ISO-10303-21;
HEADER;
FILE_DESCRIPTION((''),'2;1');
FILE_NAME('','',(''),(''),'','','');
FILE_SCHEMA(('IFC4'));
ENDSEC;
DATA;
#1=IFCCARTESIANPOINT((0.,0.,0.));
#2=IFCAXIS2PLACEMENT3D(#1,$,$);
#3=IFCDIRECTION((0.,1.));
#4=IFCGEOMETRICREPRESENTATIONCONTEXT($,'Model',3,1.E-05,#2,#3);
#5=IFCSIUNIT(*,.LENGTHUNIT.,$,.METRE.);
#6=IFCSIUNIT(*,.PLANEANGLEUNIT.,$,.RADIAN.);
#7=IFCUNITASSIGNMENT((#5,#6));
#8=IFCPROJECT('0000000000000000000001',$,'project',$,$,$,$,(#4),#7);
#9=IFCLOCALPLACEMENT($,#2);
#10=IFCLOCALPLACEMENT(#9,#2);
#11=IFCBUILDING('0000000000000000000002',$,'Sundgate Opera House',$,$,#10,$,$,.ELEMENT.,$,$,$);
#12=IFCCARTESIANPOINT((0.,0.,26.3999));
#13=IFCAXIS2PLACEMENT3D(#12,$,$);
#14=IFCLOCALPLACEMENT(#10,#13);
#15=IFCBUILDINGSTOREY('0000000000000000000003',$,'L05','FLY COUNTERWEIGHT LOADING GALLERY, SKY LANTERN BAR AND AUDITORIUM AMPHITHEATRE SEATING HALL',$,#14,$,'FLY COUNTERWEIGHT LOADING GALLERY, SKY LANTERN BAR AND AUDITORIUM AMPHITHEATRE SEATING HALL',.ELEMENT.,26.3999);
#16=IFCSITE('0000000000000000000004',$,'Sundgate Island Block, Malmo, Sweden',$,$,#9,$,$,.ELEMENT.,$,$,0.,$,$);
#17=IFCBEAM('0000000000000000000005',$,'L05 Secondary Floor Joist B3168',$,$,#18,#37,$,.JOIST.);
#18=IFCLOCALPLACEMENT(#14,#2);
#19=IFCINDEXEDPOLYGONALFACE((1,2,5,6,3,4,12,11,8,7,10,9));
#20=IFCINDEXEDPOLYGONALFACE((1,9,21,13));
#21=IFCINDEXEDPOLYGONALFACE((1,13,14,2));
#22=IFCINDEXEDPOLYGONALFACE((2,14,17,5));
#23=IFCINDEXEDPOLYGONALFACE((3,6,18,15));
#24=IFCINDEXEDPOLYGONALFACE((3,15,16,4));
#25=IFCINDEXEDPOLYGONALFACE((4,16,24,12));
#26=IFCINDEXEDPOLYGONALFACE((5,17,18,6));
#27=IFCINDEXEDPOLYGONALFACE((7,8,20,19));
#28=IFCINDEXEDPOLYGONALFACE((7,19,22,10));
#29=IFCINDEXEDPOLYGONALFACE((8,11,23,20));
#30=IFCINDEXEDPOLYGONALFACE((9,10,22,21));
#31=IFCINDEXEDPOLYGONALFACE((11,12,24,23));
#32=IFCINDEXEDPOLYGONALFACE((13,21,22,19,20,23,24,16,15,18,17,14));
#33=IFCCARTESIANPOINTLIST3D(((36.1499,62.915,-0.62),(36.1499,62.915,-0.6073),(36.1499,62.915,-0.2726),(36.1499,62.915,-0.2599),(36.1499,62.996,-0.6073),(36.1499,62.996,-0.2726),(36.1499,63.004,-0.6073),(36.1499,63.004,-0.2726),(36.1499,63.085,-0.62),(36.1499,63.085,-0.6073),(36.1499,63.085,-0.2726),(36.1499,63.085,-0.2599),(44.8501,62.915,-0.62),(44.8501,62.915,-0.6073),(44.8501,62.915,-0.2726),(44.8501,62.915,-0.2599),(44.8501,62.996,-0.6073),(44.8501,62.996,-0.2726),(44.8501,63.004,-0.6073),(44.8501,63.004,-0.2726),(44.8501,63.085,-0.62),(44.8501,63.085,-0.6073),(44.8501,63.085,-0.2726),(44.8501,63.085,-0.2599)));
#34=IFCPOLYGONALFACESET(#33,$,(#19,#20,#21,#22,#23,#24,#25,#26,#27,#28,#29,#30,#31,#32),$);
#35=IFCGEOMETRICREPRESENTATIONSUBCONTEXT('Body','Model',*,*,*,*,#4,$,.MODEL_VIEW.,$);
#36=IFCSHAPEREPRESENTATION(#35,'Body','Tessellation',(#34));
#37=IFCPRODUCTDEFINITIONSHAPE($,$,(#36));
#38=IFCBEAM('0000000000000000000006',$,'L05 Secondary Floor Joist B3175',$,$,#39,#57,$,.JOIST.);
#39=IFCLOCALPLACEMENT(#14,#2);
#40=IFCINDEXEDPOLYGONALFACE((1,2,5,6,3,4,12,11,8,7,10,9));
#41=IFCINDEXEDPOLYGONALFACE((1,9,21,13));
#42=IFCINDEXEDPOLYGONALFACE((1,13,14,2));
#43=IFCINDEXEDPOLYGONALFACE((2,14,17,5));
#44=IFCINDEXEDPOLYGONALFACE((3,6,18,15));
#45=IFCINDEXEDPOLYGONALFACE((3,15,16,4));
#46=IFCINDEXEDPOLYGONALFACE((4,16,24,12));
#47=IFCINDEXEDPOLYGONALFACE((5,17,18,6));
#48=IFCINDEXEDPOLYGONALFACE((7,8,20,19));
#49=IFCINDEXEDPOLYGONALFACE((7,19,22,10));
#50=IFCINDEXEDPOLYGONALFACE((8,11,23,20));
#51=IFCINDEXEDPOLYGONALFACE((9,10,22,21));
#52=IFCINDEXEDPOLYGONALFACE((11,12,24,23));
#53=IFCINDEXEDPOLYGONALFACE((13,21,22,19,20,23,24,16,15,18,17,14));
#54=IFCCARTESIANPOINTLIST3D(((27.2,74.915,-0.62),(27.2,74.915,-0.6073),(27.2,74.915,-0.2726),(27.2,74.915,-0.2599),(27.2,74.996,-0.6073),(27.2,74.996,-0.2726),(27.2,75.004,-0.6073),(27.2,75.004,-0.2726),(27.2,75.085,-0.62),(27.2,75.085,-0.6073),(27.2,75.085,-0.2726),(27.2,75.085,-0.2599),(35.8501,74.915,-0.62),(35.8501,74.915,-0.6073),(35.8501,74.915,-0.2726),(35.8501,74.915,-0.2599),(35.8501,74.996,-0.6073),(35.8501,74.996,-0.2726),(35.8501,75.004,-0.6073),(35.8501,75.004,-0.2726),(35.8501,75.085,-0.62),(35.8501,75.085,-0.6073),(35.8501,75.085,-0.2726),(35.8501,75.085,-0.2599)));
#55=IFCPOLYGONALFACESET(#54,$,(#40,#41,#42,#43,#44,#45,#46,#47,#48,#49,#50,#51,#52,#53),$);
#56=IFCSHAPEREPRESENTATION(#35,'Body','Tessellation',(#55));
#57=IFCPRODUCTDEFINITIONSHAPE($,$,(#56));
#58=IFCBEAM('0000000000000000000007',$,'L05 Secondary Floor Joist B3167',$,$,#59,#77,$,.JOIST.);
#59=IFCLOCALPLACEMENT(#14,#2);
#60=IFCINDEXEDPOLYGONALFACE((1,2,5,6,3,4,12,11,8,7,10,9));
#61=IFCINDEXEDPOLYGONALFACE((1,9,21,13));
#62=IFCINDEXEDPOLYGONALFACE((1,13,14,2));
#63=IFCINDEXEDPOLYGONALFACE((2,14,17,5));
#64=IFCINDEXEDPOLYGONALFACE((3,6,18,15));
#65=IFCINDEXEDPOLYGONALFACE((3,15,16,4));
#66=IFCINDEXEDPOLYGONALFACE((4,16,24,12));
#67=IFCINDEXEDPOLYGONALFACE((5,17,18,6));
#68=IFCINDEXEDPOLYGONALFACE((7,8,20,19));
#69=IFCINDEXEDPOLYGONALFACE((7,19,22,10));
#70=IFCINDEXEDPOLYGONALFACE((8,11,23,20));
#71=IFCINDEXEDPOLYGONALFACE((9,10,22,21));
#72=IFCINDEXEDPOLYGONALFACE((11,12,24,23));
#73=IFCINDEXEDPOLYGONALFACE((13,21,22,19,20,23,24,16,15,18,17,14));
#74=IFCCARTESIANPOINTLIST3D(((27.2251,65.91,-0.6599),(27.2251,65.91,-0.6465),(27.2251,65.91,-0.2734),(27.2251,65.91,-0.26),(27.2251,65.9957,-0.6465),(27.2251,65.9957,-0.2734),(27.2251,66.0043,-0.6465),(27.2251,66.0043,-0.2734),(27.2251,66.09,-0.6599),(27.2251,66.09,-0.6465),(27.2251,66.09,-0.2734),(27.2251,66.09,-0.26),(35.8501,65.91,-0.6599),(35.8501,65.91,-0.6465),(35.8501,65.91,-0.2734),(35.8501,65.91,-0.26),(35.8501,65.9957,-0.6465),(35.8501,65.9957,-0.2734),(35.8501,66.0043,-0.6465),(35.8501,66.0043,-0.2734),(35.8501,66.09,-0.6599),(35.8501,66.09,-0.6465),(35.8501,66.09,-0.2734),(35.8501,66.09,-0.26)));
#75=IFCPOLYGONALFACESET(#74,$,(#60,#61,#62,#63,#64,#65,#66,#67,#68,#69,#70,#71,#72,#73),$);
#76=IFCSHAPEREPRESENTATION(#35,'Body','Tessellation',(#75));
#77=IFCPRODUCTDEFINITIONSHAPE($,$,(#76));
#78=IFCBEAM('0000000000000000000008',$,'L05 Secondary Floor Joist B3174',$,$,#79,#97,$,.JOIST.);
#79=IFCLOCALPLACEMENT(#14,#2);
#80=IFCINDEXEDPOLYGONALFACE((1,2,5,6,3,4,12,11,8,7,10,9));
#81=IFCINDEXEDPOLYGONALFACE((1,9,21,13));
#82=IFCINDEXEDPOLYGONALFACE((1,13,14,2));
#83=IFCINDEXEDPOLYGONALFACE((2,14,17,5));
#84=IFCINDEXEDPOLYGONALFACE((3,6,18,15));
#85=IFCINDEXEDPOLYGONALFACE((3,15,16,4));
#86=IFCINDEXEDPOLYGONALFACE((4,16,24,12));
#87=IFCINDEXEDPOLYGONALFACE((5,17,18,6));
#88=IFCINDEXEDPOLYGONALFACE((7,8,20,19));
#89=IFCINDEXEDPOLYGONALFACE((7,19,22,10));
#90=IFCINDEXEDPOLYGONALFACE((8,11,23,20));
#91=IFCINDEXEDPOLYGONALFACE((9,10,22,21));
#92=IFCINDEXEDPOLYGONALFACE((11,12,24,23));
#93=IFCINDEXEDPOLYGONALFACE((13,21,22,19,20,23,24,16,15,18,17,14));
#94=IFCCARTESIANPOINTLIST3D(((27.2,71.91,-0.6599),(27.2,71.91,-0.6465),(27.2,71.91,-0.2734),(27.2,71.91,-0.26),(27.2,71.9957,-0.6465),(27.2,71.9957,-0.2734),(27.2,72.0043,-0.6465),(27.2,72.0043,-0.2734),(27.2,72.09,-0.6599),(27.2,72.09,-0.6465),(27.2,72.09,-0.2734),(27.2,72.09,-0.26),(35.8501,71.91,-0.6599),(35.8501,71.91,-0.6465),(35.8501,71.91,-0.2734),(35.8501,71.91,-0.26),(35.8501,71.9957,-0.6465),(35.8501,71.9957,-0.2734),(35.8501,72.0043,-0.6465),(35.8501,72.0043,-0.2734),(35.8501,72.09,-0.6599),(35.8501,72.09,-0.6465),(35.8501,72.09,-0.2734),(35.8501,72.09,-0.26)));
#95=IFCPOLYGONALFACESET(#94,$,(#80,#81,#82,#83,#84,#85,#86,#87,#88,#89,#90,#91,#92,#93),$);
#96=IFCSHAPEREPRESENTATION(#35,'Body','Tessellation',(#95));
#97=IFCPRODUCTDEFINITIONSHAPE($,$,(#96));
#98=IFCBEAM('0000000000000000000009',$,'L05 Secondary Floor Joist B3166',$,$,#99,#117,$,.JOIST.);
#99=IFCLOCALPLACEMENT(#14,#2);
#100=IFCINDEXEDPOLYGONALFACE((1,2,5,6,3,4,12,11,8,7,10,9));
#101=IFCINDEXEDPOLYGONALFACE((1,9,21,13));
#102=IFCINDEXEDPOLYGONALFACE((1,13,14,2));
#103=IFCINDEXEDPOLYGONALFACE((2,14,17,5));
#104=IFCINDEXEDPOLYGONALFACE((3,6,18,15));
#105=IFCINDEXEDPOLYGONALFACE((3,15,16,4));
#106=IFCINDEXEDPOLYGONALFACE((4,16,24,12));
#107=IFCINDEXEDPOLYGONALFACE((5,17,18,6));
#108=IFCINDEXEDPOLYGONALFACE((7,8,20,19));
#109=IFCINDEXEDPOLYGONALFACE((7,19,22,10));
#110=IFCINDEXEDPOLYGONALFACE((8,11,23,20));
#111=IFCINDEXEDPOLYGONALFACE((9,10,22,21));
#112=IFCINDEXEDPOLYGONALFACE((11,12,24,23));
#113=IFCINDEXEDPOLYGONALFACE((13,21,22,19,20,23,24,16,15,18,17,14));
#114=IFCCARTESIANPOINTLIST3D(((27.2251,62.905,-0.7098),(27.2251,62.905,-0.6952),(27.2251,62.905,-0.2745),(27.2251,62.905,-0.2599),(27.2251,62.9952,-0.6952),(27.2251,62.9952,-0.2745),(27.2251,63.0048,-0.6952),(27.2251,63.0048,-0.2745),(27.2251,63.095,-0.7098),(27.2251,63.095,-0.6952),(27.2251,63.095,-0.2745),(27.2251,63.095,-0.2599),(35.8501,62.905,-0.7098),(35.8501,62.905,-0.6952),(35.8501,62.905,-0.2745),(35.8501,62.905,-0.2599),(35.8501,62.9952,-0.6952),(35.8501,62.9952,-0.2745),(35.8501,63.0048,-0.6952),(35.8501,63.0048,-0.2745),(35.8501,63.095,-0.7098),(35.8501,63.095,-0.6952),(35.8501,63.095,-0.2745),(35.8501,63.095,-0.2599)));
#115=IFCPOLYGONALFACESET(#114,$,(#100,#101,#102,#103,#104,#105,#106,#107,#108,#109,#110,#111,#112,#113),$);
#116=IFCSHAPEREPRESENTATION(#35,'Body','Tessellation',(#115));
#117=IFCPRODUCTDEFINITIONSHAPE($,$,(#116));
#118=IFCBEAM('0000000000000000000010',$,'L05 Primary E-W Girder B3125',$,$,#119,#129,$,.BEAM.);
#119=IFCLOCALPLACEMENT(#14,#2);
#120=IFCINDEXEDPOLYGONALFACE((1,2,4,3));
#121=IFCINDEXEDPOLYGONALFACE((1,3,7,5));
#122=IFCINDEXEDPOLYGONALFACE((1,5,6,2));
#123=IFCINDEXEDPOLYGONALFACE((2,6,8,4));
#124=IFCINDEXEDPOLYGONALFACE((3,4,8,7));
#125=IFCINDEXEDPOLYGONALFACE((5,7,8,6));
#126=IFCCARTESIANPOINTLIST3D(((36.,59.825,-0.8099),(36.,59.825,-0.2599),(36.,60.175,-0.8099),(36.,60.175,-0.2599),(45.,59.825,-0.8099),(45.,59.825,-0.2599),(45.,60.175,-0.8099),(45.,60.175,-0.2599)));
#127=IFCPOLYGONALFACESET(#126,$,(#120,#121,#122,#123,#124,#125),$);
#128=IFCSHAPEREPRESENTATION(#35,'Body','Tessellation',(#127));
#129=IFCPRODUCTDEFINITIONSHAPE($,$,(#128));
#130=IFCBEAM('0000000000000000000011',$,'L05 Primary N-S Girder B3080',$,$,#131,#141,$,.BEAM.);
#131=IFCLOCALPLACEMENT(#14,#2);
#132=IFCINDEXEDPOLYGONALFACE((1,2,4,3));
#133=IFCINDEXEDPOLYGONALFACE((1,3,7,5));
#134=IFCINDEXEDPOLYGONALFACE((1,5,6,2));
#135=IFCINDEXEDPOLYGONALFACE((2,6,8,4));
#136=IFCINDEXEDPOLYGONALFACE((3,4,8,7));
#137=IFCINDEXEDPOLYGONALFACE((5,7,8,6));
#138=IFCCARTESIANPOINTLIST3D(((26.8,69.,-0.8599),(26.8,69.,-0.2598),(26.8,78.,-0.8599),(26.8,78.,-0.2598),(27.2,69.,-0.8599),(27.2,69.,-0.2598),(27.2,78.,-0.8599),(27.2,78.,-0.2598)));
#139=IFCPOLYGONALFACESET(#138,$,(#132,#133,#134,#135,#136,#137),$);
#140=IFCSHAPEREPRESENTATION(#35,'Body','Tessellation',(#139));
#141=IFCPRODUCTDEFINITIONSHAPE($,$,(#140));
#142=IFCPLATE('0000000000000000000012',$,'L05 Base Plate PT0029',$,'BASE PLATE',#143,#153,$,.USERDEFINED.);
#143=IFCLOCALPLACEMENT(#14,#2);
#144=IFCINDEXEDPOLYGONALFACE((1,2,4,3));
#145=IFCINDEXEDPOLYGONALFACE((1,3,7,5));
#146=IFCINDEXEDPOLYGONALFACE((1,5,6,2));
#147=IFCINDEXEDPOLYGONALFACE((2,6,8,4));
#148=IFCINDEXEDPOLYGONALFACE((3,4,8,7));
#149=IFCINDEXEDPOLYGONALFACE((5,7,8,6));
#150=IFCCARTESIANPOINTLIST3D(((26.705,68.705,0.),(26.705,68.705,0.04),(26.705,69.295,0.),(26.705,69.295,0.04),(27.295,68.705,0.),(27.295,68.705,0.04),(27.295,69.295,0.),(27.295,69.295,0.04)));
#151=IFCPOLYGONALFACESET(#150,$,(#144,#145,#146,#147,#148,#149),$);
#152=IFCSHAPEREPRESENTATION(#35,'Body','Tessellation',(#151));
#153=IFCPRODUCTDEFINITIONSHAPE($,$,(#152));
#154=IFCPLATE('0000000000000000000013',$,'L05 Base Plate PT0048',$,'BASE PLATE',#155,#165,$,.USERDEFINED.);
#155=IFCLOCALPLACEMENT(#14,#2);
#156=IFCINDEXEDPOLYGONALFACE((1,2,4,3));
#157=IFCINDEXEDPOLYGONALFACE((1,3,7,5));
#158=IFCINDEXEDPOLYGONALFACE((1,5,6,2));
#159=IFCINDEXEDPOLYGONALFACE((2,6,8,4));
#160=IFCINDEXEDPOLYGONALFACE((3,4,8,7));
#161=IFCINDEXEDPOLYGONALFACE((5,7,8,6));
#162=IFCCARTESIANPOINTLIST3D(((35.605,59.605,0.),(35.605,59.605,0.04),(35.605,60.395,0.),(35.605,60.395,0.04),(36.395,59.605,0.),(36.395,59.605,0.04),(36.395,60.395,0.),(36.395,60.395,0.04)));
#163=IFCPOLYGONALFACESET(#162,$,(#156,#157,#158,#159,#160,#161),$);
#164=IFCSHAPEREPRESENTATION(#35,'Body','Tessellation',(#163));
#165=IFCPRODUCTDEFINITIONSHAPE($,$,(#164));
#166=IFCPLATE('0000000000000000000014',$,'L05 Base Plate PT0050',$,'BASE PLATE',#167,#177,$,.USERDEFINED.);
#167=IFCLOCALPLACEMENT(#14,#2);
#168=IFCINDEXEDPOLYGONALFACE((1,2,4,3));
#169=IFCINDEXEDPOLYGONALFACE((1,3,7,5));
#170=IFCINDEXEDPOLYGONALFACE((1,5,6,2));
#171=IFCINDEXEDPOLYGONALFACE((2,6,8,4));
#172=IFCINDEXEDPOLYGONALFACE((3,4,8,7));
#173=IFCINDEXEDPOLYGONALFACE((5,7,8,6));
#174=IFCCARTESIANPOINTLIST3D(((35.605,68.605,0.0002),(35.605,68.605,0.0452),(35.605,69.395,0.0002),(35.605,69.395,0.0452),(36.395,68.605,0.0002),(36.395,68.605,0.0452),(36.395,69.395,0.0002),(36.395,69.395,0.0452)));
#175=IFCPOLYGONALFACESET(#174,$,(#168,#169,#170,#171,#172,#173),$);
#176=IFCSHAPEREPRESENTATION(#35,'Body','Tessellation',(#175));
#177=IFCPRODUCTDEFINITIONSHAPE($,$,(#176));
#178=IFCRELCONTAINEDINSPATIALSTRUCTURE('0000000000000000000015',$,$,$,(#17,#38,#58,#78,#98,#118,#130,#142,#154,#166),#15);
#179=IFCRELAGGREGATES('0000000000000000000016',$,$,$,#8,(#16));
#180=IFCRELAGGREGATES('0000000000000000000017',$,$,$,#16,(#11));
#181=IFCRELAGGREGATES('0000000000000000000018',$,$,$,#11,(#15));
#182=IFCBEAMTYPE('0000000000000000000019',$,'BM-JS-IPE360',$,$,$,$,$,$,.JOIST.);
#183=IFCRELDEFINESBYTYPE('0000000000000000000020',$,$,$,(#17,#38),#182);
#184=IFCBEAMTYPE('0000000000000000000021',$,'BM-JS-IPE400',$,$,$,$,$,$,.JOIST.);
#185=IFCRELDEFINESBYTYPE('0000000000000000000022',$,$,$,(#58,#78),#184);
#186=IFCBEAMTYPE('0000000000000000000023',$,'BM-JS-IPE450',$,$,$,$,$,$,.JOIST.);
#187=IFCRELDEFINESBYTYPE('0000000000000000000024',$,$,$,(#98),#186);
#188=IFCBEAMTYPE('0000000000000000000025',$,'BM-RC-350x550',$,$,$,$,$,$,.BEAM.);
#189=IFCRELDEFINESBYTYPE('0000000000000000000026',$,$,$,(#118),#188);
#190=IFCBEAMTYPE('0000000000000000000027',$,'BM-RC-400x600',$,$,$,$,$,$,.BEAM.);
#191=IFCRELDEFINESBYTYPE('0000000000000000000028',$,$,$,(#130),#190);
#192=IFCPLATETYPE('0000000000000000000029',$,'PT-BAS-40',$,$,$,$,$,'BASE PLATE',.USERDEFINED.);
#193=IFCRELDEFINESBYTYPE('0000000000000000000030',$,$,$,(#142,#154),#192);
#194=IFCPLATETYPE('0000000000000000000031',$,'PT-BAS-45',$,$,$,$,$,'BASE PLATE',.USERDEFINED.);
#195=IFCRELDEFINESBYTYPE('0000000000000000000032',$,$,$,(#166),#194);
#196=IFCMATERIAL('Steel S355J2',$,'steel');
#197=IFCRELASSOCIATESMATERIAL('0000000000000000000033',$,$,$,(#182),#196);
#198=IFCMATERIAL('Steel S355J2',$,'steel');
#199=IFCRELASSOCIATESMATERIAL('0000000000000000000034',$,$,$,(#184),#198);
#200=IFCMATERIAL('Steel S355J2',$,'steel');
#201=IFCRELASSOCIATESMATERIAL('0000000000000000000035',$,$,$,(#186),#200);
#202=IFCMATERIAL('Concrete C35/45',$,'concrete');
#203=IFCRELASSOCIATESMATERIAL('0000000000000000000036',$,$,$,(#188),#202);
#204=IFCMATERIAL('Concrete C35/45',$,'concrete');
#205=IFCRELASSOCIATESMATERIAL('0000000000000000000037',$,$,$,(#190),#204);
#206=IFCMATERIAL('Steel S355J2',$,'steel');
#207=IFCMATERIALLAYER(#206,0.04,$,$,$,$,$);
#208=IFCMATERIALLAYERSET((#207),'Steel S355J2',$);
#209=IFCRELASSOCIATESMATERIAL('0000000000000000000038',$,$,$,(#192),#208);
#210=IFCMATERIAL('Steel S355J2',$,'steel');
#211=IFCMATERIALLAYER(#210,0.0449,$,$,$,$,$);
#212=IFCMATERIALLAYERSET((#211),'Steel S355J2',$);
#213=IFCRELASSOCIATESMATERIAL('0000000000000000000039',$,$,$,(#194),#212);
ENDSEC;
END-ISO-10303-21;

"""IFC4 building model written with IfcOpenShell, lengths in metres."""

from ifc_helpers import new_model, si_unit, direction, frame, origin, origin_2d, place, context, subcontext, project, spatial, rectangle, i_section, extrude, material, layer, layer_set, material_profile, profile_set, type_object, element, save


model = new_model("IFC4")

# Units and contexts
model_context = context("Model", 3, precision=1e-05, world=origin(), true_north=direction((0.0, 1.0)))
body_context = subcontext(model_context, "Body", "Model", "MODEL_VIEW")
ifc_project = project(units=[si_unit("LENGTHUNIT", "METRE"), si_unit("PLANEANGLEUNIT", "RADIAN")], contexts=[model_context])

# Site, building, storey
site_placement = place(None, origin())
site = spatial("IfcSite", under=ifc_project, at=site_placement, Name="Sundgate Island Block, Malmo, Sweden", CompositionType="ELEMENT", RefElevation=0.0)
building_placement = place(site_placement, origin())
building = spatial("IfcBuilding", under=site, at=building_placement, Name="Sundgate Opera House", CompositionType="ELEMENT")
storey_placement = place(building_placement, frame((0.0, 0.0, 26.3999)))
storey = spatial("IfcBuildingStorey", under=building, at=storey_placement, Name="L05", Description="FLY COUNTERWEIGHT LOADING GALLERY, SKY LANTERN BAR AND AUDITORIUM AMPHITHEATRE SEATING HALL", LongName="FLY COUNTERWEIGHT LOADING GALLERY, SKY LANTERN BAR AND AUDITORIUM AMPHITHEATRE SEATING HALL", CompositionType="ELEMENT", Elevation=26.3999)

# Beams
ifc_material_1 = material(Name="Steel S355J2", Category="steel")
ifc_material_profile_1 = material_profile(ifc_material_1, i_section(OverallWidth=0.1699, OverallDepth=0.3601, WebThickness=0.0081, FlangeThickness=0.0127, at=origin_2d()), Name="IPE 360")
ifc_profile_set_1 = profile_set([ifc_material_profile_1], Name="Steel S355J2")
beam_type_1 = type_object("IfcBeamType", Name="BM-JS-IPE360", PredefinedType="JOIST", material=ifc_profile_set_1)
beam_1_placement = place(storey_placement, frame((36.1499, 63.0, -0.4399), z_axis=(1.0, 0.0, 0.0), x_axis=(0.0, 1.0, 0.0)))
element("IfcBeam", 1, at=beam_1_placement, inside=storey, type_object=beam_type_1, Name="L05 Secondary Floor Joist B3168", PredefinedType="JOIST", context=body_context, shape_type="SweptSolid", body=[
    extrude(i_section(OverallWidth=0.1699, OverallDepth=0.3601, WebThickness=0.0081, FlangeThickness=0.0127, at=origin_2d()), origin(), (0.0, 0.0, 1.0), 8.7002),
])
beam_2_placement = place(storey_placement, frame((27.2, 75.0, -0.4399), z_axis=(1.0, 0.0, 0.0), x_axis=(0.0, 1.0, 0.0)))
element("IfcBeam", 2, at=beam_2_placement, inside=storey, type_object=beam_type_1, Name="L05 Secondary Floor Joist B3175", PredefinedType="JOIST", context=body_context, shape_type="SweptSolid", body=[
    extrude(i_section(OverallWidth=0.1699, OverallDepth=0.3601, WebThickness=0.0081, FlangeThickness=0.0127, at=origin_2d()), origin(), (0.0, 0.0, 1.0), 8.6501),
])
ifc_material_2 = material(Name="Steel S355J2", Category="steel")
ifc_material_profile_2 = material_profile(ifc_material_2, i_section(OverallWidth=0.1799, OverallDepth=0.3999, WebThickness=0.0085, FlangeThickness=0.0134, at=origin_2d()), Name="IPE 400")
ifc_profile_set_2 = profile_set([ifc_material_profile_2], Name="Steel S355J2")
beam_type_2 = type_object("IfcBeamType", Name="BM-JS-IPE400", PredefinedType="JOIST", material=ifc_profile_set_2)
beam_3_placement = place(storey_placement, frame((27.2251, 66.0, -0.46), z_axis=(1.0, 0.0, 0.0), x_axis=(0.0, 1.0, 0.0)))
element("IfcBeam", 3, at=beam_3_placement, inside=storey, type_object=beam_type_2, Name="L05 Secondary Floor Joist B3167", PredefinedType="JOIST", context=body_context, shape_type="SweptSolid", body=[
    extrude(i_section(OverallWidth=0.1799, OverallDepth=0.3999, WebThickness=0.0085, FlangeThickness=0.0134, at=origin_2d()), origin(), (0.0, 0.0, 1.0), 8.625),
])
beam_4_placement = place(storey_placement, frame((27.2, 72.0, -0.46), z_axis=(1.0, 0.0, 0.0), x_axis=(0.0, 1.0, 0.0)))
element("IfcBeam", 4, at=beam_4_placement, inside=storey, type_object=beam_type_2, Name="L05 Secondary Floor Joist B3174", PredefinedType="JOIST", context=body_context, shape_type="SweptSolid", body=[
    extrude(i_section(OverallWidth=0.1799, OverallDepth=0.3999, WebThickness=0.0085, FlangeThickness=0.0134, at=origin_2d()), origin(), (0.0, 0.0, 1.0), 8.6501),
])
ifc_material_3 = material(Name="Steel S355J2", Category="steel")
ifc_material_profile_3 = material_profile(ifc_material_3, i_section(OverallWidth=0.1899, OverallDepth=0.45, WebThickness=0.0095, FlangeThickness=0.0146, at=origin_2d()), Name="IPE 450")
ifc_profile_set_3 = profile_set([ifc_material_profile_3], Name="Steel S355J2")
beam_type_3 = type_object("IfcBeamType", Name="BM-JS-IPE450", PredefinedType="JOIST", material=ifc_profile_set_3)
beam_5_placement = place(storey_placement, frame((27.2251, 63.0, -0.4849), z_axis=(1.0, 0.0, 0.0), x_axis=(0.0, 1.0, 0.0)))
element("IfcBeam", 5, at=beam_5_placement, inside=storey, type_object=beam_type_3, Name="L05 Secondary Floor Joist B3166", PredefinedType="JOIST", context=body_context, shape_type="SweptSolid", body=[
    extrude(i_section(OverallWidth=0.1899, OverallDepth=0.45, WebThickness=0.0095, FlangeThickness=0.0146, at=origin_2d()), origin(), (0.0, 0.0, 1.0), 8.625),
])
ifc_material_4 = material(Name="Concrete C35/45", Category="concrete")
ifc_material_profile_4 = material_profile(ifc_material_4, rectangle(XDim=0.3501, YDim=0.55, at=origin_2d()), Name="RC 350x550")
ifc_profile_set_4 = profile_set([ifc_material_profile_4], Name="Concrete C35/45")
beam_type_4 = type_object("IfcBeamType", Name="BM-RC-350x550", PredefinedType="BEAM", material=ifc_profile_set_4)
beam_6_placement = place(storey_placement, frame((36.0, 60.0, -0.5349), z_axis=(1.0, 0.0, 0.0), x_axis=(0.0, 1.0, 0.0)))
element("IfcBeam", 6, at=beam_6_placement, inside=storey, type_object=beam_type_4, Name="L05 Primary E-W Girder B3125", PredefinedType="BEAM", context=body_context, shape_type="SweptSolid", body=[
    extrude(rectangle(XDim=0.3501, YDim=0.55, at=origin_2d()), origin(), (0.0, 0.0, 1.0), 9.0),
])
ifc_material_5 = material(Name="Concrete C35/45", Category="concrete")
ifc_material_profile_5 = material_profile(ifc_material_5, rectangle(XDim=0.3999, YDim=0.6001, at=origin_2d()), Name="RC 400x600")
ifc_profile_set_5 = profile_set([ifc_material_profile_5], Name="Concrete C35/45")
beam_type_5 = type_object("IfcBeamType", Name="BM-RC-400x600", PredefinedType="BEAM", material=ifc_profile_set_5)
beam_7_placement = place(storey_placement, frame((27.0, 69.0, -0.5598), z_axis=(0.0, 1.0, 0.0), x_axis=(-1.0, 0.0, 0.0)))
element("IfcBeam", 7, at=beam_7_placement, inside=storey, type_object=beam_type_5, Name="L05 Primary N-S Girder B3080", PredefinedType="BEAM", context=body_context, shape_type="SweptSolid", body=[
    extrude(rectangle(XDim=0.3999, YDim=0.6001, at=origin_2d()), origin(), (0.0, 0.0, 1.0), 9.0),
])

# Plates
ifc_material_6 = material(Name="Steel S355J2", Category="steel")
ifc_layer_1 = layer(ifc_material_6, 0.04)
ifc_layer_set_1 = layer_set([ifc_layer_1], Name="Steel S355J2")
plate_type_1 = type_object("IfcPlateType", Name="PT-BAS-40", ElementType="BASE PLATE", PredefinedType="USERDEFINED", material=ifc_layer_set_1)
plate_1_placement = place(storey_placement, frame((27.0, 69.0, 0.0), z_axis=(0.0, 0.0, 1.0), x_axis=(1.0, 0.0, 0.0)))
element("IfcPlate", 8, at=plate_1_placement, inside=storey, type_object=plate_type_1, Name="L05 Base Plate PT0029", ObjectType="BASE PLATE", PredefinedType="USERDEFINED", context=body_context, shape_type="SweptSolid", body=[
    extrude(rectangle(XDim=0.5901, YDim=0.5901, at=origin_2d()), origin(), (0.0, 0.0, 1.0), 0.04),
])
plate_2_placement = place(storey_placement, frame((36.0, 60.0, 0.0), z_axis=(0.0, 0.0, 1.0), x_axis=(1.0, 0.0, 0.0)))
element("IfcPlate", 9, at=plate_2_placement, inside=storey, type_object=plate_type_1, Name="L05 Base Plate PT0048", ObjectType="BASE PLATE", PredefinedType="USERDEFINED", context=body_context, shape_type="SweptSolid", body=[
    extrude(rectangle(XDim=0.79, YDim=0.79, at=origin_2d()), origin(), (0.0, 0.0, 1.0), 0.04),
])
ifc_material_7 = material(Name="Steel S355J2", Category="steel")
ifc_layer_2 = layer(ifc_material_7, 0.0449)
ifc_layer_set_2 = layer_set([ifc_layer_2], Name="Steel S355J2")
plate_type_2 = type_object("IfcPlateType", Name="PT-BAS-45", ElementType="BASE PLATE", PredefinedType="USERDEFINED", material=ifc_layer_set_2)
plate_3_placement = place(storey_placement, frame((36.0, 69.0, 0.0002), z_axis=(0.0, 0.0, 1.0), x_axis=(1.0, 0.0, 0.0)))
element("IfcPlate", 10, at=plate_3_placement, inside=storey, type_object=plate_type_2, Name="L05 Base Plate PT0050", ObjectType="BASE PLATE", PredefinedType="USERDEFINED", context=body_context, shape_type="SweptSolid", body=[
    extrude(rectangle(XDim=0.79, YDim=0.79, at=origin_2d()), origin(), (0.0, 0.0, 1.0), 0.0449),
])

save(model, "model.ifc")
